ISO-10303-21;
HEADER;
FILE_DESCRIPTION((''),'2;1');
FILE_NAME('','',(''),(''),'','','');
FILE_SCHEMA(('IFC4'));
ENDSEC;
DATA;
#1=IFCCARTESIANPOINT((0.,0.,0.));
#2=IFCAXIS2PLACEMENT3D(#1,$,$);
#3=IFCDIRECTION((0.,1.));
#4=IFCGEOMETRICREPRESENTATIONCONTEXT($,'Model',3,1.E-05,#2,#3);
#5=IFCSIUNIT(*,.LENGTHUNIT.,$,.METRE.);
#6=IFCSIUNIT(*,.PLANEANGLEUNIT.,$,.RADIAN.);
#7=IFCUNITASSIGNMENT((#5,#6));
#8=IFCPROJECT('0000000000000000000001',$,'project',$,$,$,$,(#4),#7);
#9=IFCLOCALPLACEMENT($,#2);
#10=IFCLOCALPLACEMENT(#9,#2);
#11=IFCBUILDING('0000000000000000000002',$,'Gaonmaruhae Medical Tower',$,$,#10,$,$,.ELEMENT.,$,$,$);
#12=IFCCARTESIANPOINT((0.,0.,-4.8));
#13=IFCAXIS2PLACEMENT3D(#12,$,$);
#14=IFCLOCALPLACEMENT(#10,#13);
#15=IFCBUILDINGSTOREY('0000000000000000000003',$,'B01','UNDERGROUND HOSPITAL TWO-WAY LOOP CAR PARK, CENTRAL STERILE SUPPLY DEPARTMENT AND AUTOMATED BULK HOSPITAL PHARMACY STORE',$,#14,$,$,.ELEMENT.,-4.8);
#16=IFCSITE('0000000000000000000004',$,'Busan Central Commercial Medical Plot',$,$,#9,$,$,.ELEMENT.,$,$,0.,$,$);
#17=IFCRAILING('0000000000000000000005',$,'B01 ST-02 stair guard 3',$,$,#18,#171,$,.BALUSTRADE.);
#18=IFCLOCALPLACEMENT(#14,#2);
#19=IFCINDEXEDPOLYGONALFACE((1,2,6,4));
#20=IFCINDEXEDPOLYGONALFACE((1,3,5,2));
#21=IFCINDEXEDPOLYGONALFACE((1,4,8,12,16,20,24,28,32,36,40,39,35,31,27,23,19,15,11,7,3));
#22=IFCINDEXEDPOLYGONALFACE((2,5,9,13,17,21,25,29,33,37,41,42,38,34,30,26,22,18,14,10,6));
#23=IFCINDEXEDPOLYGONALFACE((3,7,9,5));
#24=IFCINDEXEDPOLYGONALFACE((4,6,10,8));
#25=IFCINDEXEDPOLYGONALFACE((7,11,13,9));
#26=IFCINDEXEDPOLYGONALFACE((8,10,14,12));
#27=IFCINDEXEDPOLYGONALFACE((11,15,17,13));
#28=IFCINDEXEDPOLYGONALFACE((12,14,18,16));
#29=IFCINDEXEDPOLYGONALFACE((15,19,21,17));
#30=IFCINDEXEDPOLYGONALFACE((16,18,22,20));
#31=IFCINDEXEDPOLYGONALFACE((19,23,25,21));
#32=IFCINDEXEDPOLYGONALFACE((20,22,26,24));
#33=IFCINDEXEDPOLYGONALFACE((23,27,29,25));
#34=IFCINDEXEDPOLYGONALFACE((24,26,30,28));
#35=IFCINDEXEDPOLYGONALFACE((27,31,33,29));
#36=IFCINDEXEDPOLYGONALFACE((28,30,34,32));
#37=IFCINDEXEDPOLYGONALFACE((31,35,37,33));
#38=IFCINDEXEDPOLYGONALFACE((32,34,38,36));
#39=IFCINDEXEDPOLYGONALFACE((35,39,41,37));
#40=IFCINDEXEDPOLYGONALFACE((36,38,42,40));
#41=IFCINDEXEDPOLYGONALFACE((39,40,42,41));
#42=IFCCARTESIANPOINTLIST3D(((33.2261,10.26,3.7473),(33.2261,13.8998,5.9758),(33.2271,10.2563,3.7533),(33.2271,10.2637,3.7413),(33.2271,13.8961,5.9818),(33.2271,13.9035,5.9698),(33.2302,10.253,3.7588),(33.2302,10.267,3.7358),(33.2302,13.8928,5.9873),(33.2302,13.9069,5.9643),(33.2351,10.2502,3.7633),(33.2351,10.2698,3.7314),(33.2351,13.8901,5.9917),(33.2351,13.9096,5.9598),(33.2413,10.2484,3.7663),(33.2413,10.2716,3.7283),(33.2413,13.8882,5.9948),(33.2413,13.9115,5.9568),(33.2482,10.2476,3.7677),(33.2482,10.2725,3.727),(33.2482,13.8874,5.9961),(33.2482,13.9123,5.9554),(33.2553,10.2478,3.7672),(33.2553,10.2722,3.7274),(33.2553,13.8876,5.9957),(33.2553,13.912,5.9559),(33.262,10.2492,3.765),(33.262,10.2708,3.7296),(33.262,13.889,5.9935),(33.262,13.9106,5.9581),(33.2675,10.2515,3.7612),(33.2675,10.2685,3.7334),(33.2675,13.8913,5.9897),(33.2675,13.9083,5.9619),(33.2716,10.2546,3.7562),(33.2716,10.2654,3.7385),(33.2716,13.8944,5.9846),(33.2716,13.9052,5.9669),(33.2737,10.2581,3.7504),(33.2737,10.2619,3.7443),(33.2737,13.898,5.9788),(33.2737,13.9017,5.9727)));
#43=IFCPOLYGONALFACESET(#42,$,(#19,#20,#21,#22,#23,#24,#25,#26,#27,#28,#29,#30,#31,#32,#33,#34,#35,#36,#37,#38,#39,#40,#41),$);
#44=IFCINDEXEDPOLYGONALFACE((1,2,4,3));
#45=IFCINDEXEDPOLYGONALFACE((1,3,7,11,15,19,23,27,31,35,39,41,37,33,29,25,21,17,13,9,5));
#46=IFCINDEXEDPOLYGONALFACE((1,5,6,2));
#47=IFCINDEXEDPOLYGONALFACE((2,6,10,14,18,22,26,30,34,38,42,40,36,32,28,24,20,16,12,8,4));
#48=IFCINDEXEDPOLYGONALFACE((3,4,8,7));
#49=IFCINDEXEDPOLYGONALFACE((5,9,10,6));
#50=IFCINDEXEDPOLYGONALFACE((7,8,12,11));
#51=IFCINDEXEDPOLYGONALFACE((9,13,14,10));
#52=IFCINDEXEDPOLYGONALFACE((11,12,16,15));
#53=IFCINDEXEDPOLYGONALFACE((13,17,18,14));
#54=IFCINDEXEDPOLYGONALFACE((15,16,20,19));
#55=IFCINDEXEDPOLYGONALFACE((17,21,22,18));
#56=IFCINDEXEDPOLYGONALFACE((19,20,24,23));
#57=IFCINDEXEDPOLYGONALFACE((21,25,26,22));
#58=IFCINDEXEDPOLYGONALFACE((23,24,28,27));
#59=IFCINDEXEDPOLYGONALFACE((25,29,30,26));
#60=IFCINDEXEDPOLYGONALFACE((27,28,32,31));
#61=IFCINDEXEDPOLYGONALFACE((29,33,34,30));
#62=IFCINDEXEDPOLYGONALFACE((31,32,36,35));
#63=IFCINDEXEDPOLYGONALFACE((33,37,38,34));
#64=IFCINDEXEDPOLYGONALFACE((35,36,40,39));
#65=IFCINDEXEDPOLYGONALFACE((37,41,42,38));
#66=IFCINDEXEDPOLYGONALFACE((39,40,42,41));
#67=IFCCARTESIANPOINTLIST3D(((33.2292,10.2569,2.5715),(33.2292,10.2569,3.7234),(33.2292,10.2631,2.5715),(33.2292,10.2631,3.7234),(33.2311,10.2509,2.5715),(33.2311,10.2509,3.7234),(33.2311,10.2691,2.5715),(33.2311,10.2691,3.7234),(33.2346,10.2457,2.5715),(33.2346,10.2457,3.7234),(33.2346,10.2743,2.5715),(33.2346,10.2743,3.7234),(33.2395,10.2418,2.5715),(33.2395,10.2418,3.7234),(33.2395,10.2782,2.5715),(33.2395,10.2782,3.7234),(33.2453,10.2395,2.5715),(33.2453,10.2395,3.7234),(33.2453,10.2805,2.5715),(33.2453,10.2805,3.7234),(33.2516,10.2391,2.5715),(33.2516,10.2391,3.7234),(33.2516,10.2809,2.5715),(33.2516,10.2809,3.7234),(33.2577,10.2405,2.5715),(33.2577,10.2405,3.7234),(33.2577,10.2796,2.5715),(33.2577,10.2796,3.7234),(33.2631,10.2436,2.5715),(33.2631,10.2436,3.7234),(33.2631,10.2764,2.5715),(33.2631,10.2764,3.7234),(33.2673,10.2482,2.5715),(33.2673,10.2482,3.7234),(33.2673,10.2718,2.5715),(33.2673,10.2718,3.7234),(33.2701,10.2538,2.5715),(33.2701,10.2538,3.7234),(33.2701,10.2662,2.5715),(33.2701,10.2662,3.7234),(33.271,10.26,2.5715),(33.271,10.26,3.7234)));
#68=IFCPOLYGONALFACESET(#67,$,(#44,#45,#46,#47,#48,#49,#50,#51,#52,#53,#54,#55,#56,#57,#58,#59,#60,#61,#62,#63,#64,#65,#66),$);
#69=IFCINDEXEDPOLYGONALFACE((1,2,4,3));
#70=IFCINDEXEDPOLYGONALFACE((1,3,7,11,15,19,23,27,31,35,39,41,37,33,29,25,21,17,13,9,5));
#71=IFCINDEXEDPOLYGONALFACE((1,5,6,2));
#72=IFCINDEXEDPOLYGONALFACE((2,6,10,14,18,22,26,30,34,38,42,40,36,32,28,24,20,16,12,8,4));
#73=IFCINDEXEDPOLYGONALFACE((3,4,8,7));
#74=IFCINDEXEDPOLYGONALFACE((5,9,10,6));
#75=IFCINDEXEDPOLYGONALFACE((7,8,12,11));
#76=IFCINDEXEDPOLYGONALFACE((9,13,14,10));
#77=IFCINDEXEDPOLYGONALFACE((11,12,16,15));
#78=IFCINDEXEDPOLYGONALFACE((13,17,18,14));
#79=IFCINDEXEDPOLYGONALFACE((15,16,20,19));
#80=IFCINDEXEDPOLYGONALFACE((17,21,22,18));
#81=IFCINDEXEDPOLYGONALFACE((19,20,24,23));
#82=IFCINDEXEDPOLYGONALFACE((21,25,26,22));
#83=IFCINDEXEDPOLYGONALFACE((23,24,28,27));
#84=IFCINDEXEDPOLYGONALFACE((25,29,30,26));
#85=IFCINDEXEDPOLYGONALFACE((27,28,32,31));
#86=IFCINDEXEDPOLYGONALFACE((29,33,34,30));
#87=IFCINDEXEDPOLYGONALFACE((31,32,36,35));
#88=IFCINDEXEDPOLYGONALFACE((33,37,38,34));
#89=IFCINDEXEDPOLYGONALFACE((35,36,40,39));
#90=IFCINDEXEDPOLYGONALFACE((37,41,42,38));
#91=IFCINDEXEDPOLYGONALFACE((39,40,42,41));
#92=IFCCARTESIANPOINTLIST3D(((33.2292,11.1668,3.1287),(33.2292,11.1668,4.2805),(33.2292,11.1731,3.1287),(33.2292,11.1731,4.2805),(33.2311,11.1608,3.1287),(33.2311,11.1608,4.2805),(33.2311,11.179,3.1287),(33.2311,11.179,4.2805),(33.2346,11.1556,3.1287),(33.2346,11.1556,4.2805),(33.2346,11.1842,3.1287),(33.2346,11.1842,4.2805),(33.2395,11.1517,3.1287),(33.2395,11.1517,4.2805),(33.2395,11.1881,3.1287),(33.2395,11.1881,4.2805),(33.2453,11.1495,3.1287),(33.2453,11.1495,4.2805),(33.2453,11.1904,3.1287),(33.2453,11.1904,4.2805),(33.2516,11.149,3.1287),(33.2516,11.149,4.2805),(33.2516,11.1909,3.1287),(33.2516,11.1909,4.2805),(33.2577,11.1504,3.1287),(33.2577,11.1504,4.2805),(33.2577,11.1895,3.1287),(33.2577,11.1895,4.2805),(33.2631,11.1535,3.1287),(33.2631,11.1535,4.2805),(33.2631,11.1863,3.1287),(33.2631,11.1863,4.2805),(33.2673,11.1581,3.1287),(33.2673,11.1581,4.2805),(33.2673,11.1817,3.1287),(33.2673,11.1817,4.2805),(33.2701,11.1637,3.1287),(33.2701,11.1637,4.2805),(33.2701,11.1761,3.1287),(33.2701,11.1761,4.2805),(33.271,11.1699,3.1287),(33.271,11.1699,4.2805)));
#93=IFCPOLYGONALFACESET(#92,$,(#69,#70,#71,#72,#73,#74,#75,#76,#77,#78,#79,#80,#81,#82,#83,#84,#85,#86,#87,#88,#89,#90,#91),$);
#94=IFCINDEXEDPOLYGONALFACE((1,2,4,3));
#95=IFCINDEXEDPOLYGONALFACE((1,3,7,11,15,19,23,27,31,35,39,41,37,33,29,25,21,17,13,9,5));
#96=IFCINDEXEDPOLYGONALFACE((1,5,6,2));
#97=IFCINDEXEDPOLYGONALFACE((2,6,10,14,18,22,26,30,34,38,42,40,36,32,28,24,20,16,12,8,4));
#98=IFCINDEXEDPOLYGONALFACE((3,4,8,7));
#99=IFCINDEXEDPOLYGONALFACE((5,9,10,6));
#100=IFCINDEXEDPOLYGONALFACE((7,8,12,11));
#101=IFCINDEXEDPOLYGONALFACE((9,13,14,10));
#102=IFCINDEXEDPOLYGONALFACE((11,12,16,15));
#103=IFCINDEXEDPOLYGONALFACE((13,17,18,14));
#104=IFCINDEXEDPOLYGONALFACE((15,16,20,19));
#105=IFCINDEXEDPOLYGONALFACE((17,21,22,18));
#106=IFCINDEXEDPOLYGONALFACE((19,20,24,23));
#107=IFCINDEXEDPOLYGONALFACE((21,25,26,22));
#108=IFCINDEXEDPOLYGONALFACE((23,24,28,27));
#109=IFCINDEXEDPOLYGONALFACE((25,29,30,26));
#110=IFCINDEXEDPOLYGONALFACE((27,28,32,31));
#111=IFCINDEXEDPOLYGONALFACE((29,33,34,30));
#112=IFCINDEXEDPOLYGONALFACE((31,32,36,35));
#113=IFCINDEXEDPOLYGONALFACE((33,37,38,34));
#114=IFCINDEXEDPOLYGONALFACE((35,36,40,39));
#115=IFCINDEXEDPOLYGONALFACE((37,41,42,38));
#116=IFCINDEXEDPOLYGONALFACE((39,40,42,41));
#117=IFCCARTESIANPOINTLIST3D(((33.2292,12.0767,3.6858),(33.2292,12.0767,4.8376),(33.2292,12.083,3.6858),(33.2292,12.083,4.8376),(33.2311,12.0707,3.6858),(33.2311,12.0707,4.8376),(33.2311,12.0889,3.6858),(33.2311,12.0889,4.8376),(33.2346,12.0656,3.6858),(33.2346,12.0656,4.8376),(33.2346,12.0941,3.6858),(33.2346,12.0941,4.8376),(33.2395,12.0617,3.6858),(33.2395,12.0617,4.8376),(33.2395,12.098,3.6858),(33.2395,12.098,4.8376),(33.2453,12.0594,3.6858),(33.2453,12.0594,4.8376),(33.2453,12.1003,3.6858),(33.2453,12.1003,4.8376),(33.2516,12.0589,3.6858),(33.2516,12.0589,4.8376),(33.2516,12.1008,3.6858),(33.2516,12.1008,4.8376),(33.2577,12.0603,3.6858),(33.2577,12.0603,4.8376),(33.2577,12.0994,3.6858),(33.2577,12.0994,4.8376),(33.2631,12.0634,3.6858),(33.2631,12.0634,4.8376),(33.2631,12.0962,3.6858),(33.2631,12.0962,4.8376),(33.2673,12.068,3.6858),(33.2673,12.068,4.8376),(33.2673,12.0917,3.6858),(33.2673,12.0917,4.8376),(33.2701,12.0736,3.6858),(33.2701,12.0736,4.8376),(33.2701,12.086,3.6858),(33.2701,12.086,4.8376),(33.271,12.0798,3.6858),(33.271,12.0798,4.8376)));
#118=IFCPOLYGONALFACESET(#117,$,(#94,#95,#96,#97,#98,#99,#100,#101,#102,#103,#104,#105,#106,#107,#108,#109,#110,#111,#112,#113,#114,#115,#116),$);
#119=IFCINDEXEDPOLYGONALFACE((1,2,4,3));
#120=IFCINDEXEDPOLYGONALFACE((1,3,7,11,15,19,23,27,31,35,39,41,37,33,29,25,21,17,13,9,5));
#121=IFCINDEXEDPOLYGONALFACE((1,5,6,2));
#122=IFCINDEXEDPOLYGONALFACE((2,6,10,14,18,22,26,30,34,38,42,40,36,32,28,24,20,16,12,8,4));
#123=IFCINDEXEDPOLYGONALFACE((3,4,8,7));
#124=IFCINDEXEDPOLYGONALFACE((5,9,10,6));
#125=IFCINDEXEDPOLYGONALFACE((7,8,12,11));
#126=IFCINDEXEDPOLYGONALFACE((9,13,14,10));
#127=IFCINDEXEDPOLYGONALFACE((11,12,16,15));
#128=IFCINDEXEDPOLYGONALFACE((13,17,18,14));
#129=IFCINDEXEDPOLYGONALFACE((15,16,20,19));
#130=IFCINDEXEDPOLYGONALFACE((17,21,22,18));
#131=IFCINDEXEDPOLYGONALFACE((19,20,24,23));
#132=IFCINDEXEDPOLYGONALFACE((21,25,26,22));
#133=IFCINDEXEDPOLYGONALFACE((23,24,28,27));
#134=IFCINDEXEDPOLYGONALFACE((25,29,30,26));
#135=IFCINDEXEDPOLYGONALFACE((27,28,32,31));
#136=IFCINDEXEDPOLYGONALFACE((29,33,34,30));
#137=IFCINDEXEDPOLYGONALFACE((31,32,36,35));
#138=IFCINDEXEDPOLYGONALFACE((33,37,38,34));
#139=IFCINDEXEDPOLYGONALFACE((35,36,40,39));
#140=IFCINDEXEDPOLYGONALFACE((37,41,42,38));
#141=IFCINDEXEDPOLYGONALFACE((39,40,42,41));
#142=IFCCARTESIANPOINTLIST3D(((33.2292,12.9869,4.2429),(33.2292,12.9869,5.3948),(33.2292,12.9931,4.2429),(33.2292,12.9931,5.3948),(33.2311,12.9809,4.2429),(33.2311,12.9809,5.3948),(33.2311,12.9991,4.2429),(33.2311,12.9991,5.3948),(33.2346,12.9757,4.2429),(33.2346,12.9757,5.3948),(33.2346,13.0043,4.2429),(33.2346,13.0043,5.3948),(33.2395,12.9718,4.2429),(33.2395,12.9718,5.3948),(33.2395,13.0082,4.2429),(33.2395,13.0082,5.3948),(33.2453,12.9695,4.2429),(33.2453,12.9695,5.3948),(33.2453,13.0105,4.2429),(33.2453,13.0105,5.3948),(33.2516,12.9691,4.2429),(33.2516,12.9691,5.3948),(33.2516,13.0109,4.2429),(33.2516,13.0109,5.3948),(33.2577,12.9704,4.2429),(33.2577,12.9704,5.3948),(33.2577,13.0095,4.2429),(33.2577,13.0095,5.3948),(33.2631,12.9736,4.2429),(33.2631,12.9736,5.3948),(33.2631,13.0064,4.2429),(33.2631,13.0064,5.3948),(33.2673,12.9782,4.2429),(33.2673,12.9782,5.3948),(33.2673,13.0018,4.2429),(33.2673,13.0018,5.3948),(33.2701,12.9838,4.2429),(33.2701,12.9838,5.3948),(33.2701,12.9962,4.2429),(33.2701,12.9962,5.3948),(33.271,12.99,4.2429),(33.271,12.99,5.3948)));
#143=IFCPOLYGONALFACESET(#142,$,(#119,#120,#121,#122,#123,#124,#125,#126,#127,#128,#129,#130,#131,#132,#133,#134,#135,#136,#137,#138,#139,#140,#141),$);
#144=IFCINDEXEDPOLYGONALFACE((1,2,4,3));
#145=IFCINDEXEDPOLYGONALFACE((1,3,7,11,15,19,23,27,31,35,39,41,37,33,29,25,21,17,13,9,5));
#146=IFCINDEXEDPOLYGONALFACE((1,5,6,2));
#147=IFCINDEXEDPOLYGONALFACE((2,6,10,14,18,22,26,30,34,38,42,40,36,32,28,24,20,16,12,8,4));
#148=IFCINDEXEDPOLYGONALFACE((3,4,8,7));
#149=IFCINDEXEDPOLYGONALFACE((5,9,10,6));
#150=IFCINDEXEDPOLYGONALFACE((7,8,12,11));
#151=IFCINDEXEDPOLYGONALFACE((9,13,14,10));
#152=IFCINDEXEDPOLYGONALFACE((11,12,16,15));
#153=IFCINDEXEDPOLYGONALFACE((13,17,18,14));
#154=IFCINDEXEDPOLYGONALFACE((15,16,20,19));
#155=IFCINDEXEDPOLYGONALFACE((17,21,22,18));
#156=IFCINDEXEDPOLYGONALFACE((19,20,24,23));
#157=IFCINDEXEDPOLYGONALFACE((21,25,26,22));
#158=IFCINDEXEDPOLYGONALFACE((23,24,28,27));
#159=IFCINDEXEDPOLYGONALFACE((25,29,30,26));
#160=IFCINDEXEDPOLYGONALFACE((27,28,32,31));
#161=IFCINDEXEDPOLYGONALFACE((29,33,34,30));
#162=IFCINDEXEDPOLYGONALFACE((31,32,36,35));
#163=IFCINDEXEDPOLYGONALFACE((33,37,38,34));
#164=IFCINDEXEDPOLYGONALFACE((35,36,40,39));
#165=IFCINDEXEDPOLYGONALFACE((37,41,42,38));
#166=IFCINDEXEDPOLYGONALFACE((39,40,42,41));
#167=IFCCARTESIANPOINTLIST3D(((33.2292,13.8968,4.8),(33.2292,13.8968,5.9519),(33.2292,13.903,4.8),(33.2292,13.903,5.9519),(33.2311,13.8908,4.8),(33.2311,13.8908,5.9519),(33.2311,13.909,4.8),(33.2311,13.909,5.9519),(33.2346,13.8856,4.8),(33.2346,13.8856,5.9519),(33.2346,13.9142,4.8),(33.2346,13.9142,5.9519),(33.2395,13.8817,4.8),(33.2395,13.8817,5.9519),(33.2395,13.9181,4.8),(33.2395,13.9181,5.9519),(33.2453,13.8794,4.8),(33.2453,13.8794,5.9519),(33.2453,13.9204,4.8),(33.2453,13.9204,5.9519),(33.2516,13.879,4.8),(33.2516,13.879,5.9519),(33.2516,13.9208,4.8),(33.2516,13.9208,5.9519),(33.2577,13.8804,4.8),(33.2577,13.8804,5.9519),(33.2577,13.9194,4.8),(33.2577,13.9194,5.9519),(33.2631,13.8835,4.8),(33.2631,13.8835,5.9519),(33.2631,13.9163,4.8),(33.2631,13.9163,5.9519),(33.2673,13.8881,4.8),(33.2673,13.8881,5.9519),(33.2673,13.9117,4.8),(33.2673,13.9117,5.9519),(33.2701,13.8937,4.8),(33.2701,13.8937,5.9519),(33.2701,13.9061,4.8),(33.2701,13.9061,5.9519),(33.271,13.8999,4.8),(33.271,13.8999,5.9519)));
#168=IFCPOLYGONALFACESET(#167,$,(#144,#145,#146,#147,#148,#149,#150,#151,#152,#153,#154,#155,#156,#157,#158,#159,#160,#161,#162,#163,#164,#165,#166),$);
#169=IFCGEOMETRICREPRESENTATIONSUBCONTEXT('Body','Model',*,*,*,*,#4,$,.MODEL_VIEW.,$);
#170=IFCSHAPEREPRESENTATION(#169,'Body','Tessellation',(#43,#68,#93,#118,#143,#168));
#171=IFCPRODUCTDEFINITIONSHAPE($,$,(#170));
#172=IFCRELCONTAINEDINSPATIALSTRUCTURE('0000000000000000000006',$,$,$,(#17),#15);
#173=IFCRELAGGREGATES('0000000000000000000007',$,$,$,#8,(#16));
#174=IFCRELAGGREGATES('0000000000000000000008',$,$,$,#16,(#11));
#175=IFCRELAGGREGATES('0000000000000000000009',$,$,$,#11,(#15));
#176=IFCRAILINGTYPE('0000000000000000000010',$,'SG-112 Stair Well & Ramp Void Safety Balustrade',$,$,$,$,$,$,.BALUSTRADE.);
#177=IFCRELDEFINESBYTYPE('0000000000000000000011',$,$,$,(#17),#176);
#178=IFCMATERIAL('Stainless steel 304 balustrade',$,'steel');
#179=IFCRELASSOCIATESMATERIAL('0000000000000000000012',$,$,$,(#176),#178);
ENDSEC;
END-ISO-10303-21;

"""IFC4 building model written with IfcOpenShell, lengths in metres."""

from ifc_helpers import new_model, si_unit, direction, frame, origin, origin_2d, place, context, subcontext, project, spatial, circle, extrude, material, type_object, element, save


model = new_model("IFC4")

# Units and contexts
model_context = context("Model", 3, precision=1e-05, world=origin(), true_north=direction((0.0, 1.0)))
body_context = subcontext(model_context, "Body", "Model", "MODEL_VIEW")
ifc_project = project(units=[si_unit("LENGTHUNIT", "METRE"), si_unit("PLANEANGLEUNIT", "RADIAN")], contexts=[model_context])

# Site, building, storey
site_placement = place(None, origin())
site = spatial("IfcSite", under=ifc_project, at=site_placement, Name="Busan Central Commercial Medical Plot", CompositionType="ELEMENT", RefElevation=0.0)
building_placement = place(site_placement, origin())
building = spatial("IfcBuilding", under=site, at=building_placement, Name="Gaonmaruhae Medical Tower", CompositionType="ELEMENT")
storey_placement = place(building_placement, frame((0.0, 0.0, -4.8)))
storey = spatial("IfcBuildingStorey", under=building, at=storey_placement, Name="B01", Description="UNDERGROUND HOSPITAL TWO-WAY LOOP CAR PARK, CENTRAL STERILE SUPPLY DEPARTMENT AND AUTOMATED BULK HOSPITAL PHARMACY STORE", CompositionType="ELEMENT", Elevation=-4.8)

# Railing
ifc_material_1 = material(Name="Stainless steel 304 balustrade", Category="steel")
railing_type_1 = type_object("IfcRailingType", Name="SG-112 Stair Well & Ramp Void Safety Balustrade", PredefinedType="BALUSTRADE", material=ifc_material_1)
railing_1_placement = place(storey_placement, frame((33.25, 10.26, 2.5715)))
element("IfcRailing", 1, at=railing_1_placement, inside=storey, type_object=railing_type_1, Name="B01 ST-02 stair guard 3", PredefinedType="BALUSTRADE", context=body_context, shape_type="SweptSolid", body=[
    extrude(circle(Radius=0.0239, at=origin_2d()), frame((0.0, 0.0, 1.1758), z_axis=(0.0, 0.85285, 0.522156), x_axis=(-1.0, 0.0, 0.0)), (0.0, 0.0, 1.0), 4.2678),
    extrude(circle(Radius=0.021, at=origin_2d()), origin(), (0.0, 0.0, 1.0), 1.1519),
    extrude(circle(Radius=0.021, at=origin_2d()), frame((0.0, 0.9099, 0.5571)), (0.0, 0.0, 1.0), 1.1519),
    extrude(circle(Radius=0.021, at=origin_2d()), frame((0.0, 1.8198, 1.1143)), (0.0, 0.0, 1.0), 1.1519),
    extrude(circle(Radius=0.021, at=origin_2d()), frame((0.0, 2.73, 1.6714)), (0.0, 0.0, 1.0), 1.1519),
    extrude(circle(Radius=0.021, at=origin_2d()), frame((0.0, 3.6399, 2.2285)), (0.0, 0.0, 1.0), 1.1519),
])

save(model, "model.ifc")
